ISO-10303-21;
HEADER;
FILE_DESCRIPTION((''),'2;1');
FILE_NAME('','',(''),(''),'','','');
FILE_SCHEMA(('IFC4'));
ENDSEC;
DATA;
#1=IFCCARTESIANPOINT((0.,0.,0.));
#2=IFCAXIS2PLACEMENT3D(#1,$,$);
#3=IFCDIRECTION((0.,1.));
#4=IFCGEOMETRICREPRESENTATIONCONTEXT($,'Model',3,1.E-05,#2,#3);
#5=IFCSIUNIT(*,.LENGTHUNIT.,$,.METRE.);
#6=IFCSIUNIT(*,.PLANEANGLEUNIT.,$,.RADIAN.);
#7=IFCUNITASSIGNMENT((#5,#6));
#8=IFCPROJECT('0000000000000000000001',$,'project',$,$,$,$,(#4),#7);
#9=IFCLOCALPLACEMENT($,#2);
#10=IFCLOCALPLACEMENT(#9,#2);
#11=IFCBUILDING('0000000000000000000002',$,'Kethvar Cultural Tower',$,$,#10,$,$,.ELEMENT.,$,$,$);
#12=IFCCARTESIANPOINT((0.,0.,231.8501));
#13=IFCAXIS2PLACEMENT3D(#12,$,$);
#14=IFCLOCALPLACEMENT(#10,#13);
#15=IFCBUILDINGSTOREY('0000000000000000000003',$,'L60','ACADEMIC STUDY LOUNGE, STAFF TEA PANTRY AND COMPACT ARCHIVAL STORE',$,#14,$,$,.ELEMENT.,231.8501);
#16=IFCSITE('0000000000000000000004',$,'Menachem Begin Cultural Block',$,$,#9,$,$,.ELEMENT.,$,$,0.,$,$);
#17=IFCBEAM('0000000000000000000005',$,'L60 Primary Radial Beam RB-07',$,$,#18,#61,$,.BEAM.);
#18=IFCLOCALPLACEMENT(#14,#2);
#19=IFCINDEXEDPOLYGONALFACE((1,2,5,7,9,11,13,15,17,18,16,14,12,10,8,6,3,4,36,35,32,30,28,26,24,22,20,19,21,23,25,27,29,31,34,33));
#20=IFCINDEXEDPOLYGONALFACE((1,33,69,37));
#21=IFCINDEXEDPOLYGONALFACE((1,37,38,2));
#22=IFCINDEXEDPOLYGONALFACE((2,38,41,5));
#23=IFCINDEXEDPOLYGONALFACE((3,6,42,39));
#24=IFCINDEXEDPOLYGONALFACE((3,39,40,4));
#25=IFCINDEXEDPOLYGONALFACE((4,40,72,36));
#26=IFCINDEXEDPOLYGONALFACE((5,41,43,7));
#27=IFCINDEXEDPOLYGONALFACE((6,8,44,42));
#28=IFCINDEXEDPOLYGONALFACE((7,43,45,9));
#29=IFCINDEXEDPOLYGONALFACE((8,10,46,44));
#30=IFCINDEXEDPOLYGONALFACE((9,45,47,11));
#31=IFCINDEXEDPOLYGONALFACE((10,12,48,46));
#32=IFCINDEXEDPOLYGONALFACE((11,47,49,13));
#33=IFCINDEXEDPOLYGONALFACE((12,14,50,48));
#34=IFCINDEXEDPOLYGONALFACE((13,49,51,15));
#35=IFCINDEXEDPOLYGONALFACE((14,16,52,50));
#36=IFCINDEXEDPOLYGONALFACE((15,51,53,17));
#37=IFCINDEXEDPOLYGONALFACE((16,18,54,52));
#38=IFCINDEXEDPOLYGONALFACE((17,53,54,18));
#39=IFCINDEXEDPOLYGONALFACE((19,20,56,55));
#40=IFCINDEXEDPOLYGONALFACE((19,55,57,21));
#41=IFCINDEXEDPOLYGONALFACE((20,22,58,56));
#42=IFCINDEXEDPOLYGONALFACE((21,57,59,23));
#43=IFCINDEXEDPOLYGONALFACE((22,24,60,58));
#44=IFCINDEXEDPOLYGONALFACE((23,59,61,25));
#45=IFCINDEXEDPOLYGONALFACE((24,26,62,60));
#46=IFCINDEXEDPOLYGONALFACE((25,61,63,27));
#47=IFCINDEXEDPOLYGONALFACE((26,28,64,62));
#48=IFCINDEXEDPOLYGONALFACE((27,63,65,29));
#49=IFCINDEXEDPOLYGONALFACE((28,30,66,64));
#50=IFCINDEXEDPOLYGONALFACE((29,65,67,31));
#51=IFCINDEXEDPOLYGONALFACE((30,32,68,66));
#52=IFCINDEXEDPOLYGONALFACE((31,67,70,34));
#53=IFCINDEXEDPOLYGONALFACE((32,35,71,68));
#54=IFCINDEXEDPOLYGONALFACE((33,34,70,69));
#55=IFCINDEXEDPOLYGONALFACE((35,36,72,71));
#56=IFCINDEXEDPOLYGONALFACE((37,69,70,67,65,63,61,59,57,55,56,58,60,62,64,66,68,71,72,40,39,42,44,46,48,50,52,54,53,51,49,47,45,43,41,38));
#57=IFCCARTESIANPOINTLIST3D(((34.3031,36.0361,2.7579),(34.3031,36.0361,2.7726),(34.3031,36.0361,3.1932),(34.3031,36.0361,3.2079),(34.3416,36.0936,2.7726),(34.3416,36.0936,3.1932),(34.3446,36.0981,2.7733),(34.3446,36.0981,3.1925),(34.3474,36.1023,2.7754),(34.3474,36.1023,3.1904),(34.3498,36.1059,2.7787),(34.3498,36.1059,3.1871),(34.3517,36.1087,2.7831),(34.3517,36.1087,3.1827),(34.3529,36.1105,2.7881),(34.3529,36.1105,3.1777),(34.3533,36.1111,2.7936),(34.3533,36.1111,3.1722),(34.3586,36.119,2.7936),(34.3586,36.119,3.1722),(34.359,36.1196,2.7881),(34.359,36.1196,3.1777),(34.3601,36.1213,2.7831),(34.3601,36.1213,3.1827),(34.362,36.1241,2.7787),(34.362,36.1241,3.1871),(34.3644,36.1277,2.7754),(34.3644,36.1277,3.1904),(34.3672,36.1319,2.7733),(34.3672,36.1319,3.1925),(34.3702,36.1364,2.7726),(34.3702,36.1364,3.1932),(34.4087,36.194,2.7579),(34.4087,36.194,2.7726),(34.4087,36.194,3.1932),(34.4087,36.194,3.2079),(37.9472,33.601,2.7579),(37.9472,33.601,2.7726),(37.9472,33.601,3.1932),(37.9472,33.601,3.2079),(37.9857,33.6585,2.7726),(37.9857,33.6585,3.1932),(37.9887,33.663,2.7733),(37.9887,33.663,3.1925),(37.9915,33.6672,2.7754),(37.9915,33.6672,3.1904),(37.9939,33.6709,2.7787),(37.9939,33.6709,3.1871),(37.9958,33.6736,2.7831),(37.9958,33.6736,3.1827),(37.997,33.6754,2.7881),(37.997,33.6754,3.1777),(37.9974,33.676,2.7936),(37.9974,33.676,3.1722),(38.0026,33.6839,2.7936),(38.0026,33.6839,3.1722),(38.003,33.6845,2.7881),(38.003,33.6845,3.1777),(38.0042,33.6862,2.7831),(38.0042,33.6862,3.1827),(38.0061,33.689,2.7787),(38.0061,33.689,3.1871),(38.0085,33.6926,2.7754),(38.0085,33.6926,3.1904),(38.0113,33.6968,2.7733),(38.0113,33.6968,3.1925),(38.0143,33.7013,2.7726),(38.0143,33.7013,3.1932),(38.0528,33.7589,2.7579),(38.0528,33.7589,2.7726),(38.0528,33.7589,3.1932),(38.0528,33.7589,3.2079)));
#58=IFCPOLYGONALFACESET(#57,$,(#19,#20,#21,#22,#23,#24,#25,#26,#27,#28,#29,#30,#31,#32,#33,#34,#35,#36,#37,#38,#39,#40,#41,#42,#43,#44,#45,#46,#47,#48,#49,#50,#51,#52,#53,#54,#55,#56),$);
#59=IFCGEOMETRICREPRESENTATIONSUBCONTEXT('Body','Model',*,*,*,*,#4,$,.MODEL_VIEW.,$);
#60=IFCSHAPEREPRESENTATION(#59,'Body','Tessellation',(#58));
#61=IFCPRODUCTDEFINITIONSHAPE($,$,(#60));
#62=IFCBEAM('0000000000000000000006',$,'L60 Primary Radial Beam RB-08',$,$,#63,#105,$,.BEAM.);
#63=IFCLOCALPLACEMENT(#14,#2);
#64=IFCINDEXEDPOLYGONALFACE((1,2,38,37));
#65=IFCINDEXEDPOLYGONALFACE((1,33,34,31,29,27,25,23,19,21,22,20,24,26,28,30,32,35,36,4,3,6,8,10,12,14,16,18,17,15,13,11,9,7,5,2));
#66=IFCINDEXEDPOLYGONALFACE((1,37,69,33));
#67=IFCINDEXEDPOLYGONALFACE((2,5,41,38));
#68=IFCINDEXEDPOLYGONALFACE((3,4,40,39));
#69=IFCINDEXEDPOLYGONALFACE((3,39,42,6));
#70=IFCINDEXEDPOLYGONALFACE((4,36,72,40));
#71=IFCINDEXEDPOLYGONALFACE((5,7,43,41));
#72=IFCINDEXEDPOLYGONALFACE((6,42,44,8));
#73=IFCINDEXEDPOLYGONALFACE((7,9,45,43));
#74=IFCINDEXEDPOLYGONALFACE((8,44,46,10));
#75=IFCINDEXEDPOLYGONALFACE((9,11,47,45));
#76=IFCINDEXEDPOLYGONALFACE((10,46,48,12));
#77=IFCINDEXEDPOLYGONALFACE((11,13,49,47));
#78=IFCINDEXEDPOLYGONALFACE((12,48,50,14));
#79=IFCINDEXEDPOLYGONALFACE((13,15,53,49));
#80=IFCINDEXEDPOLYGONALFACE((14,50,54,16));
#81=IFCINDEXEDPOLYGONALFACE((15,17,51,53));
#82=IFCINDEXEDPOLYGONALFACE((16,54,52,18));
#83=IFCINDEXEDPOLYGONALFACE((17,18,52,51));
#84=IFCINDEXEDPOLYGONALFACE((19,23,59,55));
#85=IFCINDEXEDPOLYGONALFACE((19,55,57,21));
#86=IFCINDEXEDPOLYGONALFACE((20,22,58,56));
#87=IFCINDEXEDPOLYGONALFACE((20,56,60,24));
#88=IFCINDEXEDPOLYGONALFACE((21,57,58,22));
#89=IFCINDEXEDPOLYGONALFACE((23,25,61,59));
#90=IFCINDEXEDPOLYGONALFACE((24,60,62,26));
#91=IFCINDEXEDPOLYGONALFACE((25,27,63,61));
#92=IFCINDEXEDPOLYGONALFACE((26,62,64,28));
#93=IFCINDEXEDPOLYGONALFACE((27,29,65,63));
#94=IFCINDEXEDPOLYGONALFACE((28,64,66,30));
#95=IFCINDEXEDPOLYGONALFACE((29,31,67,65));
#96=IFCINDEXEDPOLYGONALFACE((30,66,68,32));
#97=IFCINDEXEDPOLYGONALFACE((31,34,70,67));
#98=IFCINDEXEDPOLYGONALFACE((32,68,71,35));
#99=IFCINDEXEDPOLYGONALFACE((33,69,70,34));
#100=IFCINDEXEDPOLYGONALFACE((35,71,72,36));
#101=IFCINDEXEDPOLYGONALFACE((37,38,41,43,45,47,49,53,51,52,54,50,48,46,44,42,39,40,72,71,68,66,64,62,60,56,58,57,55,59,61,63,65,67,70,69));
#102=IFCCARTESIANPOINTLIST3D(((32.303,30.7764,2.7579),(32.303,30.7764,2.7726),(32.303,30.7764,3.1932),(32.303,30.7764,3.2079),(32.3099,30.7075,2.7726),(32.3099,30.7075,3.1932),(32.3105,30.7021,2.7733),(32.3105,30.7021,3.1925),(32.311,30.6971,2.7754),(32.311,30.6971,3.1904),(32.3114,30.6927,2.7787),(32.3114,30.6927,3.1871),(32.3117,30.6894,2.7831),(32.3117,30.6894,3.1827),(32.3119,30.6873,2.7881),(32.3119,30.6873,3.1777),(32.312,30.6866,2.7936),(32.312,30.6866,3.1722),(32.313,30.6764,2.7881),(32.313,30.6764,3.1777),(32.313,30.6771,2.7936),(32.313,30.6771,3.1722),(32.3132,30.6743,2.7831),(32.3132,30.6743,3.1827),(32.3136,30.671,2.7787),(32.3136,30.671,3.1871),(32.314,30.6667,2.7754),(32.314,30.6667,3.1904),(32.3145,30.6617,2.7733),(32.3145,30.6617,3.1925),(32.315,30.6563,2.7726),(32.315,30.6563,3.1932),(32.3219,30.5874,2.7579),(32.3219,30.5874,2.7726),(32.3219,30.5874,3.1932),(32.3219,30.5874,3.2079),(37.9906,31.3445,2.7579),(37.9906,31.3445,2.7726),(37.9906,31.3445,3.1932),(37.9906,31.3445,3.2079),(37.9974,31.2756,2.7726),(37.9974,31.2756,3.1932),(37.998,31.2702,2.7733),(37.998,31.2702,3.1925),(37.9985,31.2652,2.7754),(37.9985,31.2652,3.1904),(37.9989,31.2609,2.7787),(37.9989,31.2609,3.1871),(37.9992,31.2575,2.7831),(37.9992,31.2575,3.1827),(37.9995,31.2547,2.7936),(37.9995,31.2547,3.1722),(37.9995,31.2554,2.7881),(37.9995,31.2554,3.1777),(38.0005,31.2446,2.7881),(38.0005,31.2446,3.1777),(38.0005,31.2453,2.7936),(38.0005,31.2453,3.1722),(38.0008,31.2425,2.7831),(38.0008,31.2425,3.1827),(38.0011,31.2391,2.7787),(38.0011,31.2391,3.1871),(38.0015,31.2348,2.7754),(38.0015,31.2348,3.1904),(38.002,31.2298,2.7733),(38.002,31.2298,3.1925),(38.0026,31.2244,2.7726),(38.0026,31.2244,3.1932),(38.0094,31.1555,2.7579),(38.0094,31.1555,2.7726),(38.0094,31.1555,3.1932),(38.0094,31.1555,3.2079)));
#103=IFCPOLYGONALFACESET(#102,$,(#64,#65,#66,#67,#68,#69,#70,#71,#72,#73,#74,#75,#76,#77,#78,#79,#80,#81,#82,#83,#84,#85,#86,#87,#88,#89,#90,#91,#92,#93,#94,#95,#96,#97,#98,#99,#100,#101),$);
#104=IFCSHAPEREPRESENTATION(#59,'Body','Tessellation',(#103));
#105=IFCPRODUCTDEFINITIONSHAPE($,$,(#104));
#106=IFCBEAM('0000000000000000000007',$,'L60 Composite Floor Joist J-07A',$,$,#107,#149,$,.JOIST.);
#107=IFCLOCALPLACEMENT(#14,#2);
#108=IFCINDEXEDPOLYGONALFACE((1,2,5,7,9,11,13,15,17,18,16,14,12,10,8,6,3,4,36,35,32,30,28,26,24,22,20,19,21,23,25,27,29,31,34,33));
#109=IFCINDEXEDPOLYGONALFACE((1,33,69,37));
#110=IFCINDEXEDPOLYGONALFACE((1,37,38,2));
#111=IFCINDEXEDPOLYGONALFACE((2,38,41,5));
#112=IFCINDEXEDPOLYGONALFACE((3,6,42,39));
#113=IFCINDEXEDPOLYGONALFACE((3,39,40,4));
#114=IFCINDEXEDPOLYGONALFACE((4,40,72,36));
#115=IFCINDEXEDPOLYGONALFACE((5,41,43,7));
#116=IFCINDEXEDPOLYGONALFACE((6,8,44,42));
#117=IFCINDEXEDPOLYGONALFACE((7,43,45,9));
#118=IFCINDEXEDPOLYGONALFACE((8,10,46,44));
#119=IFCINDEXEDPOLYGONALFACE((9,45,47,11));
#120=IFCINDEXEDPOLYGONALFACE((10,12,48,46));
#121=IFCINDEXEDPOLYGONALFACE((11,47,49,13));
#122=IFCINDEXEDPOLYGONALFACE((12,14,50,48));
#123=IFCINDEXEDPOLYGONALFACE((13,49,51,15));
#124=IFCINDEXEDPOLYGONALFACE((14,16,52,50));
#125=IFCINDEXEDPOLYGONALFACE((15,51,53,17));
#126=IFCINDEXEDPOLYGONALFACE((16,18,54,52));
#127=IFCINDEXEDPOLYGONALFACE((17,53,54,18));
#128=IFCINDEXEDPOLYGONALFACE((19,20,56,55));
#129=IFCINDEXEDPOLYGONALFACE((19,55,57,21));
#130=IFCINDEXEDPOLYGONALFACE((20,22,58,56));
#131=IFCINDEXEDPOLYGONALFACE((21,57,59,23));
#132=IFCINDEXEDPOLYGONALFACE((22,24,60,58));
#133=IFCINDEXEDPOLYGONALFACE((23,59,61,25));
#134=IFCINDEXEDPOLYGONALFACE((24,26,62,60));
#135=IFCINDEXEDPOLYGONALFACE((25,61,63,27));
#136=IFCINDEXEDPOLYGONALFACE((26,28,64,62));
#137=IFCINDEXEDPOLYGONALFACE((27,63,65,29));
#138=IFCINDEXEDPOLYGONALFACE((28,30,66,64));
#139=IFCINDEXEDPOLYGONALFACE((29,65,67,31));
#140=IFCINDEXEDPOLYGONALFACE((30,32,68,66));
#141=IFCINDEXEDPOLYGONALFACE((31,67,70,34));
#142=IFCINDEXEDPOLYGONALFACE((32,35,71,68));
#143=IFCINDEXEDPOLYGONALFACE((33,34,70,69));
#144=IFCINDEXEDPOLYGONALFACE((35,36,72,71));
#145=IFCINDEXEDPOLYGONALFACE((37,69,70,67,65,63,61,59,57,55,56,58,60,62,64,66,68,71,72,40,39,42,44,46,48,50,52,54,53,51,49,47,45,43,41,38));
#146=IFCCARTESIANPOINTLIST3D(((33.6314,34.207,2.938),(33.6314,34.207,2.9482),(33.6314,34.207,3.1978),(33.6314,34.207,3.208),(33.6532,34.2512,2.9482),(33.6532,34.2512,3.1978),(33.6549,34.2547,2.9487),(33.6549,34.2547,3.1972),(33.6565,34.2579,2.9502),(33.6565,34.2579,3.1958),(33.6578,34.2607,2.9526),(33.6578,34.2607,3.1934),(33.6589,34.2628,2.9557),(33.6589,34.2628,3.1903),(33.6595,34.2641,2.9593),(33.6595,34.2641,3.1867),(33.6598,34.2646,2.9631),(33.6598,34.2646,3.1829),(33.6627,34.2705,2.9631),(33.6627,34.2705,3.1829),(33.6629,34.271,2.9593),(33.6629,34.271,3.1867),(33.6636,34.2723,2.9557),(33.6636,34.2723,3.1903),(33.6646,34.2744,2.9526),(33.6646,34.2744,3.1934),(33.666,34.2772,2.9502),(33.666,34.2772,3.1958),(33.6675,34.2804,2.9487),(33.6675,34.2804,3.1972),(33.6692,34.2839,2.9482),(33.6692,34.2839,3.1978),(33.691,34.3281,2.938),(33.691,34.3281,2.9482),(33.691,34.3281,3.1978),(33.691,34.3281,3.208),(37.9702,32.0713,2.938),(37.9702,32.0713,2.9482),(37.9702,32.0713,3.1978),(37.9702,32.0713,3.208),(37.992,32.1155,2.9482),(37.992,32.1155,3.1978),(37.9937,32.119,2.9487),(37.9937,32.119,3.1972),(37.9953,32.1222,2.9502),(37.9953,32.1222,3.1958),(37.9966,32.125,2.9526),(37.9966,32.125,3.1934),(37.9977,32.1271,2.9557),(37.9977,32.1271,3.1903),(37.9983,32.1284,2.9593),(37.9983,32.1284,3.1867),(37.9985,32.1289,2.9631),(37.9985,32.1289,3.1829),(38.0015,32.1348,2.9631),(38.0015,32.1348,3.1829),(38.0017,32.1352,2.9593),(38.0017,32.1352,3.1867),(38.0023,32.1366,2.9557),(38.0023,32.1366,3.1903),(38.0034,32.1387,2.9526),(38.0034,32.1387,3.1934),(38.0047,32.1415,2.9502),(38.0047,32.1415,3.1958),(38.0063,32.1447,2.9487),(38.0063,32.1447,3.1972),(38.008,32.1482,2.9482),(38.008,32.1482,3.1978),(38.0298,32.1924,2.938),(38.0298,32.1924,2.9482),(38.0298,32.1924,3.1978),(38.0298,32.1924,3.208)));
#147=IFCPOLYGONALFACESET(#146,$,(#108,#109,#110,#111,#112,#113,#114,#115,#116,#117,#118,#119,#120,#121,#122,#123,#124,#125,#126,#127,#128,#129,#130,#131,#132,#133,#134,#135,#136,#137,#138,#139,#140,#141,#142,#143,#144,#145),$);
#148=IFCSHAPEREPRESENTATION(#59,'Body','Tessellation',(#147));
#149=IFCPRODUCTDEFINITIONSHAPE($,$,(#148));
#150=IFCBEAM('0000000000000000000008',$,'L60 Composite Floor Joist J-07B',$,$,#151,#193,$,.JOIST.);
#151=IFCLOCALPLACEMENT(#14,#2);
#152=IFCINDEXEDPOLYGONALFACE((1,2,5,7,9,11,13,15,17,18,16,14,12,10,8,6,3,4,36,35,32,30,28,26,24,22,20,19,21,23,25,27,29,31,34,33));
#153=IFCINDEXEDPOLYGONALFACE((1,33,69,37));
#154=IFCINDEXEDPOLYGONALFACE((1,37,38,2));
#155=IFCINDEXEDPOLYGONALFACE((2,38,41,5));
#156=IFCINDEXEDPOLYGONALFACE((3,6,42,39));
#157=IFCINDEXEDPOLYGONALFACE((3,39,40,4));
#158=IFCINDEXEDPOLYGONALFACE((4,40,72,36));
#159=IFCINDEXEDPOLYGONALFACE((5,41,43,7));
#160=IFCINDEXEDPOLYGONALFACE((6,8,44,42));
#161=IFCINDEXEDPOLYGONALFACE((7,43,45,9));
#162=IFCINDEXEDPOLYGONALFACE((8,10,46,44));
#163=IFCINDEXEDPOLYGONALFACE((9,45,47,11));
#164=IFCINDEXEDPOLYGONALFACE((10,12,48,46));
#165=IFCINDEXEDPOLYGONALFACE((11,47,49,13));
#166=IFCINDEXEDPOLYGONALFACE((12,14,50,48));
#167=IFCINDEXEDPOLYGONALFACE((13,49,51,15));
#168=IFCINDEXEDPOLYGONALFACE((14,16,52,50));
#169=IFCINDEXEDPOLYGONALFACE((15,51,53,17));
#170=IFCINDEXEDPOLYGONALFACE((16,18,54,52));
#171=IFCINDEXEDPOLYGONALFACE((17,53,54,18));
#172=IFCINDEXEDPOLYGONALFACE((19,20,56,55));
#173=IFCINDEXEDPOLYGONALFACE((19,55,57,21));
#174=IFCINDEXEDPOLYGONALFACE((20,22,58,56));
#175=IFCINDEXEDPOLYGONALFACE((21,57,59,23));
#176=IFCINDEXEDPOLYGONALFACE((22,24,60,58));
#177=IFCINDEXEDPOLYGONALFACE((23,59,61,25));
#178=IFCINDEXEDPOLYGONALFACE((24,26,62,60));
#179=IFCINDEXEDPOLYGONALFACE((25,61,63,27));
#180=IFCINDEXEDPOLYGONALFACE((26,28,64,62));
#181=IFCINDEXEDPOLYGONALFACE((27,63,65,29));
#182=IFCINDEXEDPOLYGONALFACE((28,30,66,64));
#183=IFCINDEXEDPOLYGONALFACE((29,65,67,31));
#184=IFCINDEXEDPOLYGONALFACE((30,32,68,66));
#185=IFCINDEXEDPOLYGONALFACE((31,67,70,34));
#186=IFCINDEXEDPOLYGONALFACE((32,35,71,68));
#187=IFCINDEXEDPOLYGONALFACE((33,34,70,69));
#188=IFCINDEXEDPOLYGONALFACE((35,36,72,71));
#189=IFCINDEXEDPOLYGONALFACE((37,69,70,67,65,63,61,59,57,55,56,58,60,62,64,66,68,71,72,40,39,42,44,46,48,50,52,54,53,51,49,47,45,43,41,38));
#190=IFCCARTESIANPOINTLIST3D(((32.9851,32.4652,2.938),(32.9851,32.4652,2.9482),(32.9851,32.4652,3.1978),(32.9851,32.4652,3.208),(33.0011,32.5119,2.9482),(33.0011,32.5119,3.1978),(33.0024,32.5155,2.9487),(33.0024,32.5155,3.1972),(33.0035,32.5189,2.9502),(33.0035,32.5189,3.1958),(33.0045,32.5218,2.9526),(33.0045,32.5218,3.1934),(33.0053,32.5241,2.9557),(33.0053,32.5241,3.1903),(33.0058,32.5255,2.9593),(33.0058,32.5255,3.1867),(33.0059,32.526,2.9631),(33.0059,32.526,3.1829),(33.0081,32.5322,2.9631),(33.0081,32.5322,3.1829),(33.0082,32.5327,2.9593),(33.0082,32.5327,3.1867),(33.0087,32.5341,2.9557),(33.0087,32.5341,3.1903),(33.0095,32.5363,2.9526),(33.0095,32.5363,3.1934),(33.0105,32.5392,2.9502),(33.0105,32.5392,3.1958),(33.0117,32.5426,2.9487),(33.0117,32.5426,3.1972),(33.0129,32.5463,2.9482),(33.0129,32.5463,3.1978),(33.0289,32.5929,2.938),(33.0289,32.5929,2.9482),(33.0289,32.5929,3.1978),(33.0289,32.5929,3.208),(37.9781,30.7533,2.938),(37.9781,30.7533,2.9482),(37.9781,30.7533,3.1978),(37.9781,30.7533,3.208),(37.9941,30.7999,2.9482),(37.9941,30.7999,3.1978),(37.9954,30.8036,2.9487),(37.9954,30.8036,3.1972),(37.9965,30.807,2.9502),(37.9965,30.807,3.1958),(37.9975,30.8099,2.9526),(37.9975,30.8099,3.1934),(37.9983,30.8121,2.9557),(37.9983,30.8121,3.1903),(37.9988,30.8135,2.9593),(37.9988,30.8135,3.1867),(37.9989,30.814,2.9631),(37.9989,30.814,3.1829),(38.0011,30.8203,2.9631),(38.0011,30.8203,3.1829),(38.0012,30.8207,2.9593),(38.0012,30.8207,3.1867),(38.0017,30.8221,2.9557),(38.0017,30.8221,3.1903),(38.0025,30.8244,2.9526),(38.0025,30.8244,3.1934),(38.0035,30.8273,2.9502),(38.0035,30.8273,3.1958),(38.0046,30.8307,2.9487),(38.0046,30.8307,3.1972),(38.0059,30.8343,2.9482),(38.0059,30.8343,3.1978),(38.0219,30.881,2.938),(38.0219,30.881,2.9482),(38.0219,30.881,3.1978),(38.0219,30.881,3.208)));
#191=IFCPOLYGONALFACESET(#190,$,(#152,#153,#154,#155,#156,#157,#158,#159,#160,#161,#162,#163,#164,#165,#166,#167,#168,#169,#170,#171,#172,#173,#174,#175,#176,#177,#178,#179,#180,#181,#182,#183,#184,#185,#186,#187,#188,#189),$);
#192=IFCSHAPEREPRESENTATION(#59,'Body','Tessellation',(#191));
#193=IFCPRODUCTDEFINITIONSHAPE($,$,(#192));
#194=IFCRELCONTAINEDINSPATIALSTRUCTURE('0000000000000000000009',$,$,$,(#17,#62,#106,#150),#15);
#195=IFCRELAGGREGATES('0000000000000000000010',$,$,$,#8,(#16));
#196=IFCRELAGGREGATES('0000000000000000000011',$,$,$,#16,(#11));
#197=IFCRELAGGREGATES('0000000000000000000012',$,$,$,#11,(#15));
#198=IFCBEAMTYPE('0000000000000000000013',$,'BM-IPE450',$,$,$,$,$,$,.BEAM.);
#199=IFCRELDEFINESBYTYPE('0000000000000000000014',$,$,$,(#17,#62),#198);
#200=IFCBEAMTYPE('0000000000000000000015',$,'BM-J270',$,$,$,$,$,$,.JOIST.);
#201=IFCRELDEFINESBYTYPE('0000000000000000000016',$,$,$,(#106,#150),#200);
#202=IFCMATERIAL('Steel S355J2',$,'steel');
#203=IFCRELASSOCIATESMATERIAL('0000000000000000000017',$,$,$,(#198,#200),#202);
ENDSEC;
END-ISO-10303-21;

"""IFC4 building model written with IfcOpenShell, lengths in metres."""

from ifc_helpers import new_model, si_unit, direction, frame, origin, origin_2d, place, context, subcontext, project, spatial, i_section, extrude, source, transform, mapped, material, material_profile, profile_set, type_object, element, save


model = new_model("IFC4")

# Units and contexts
model_context = context("Model", 3, precision=1e-05, world=origin(), true_north=direction((0.0, 1.0)))
body_context = subcontext(model_context, "Body", "Model", "MODEL_VIEW")
ifc_project = project(units=[si_unit("LENGTHUNIT", "METRE"), si_unit("PLANEANGLEUNIT", "RADIAN")], contexts=[model_context])

# Site, building, storey
site_placement = place(None, origin())
site = spatial("IfcSite", under=ifc_project, at=site_placement, Name="Menachem Begin Cultural Block", CompositionType="ELEMENT", RefElevation=0.0)
building_placement = place(site_placement, origin())
building = spatial("IfcBuilding", under=site, at=building_placement, Name="Kethvar Cultural Tower", CompositionType="ELEMENT")
storey_placement = place(building_placement, frame((0.0, 0.0, 231.8501)))
storey = spatial("IfcBuildingStorey", under=building, at=storey_placement, Name="L60", Description="ACADEMIC STUDY LOUNGE, STAFF TEA PANTRY AND COMPACT ARCHIVAL STORE", CompositionType="ELEMENT", Elevation=231.8501)

# Beams
ifc_material_1 = material(Name="Steel S355J2", Category="steel")
ifc_material_profile_1 = material_profile(ifc_material_1, i_section(OverallWidth=0.1899, OverallDepth=0.45, WebThickness=0.0095, FlangeThickness=0.0146, FilletRadius=0.021, at=origin_2d()), Name="Steel S355J2 — IPE450")
ifc_profile_set_1 = profile_set([ifc_material_profile_1], Name="Steel S355J2 — IPE450")
beam_type_1 = type_object("IfcBeamType", Name="BM-IPE450", PredefinedType="BEAM", material=ifc_profile_set_1)
shared_shape_1 = source(origin(), body_context, "Body", "SweptSolid", [
    extrude(i_section(OverallWidth=0.1899, OverallDepth=0.45, WebThickness=0.0095, FlangeThickness=0.0146, FilletRadius=0.021, at=origin_2d()), origin(), (0.0, 0.0, 1.0), 4.3828),
])
beam_1_placement = place(storey_placement, frame((38.0, 33.6799, 2.9829), z_axis=(-0.83145, 0.5556, 0.0), x_axis=(-0.5556, -0.83145, 0.0)))
element("IfcBeam", 1, at=beam_1_placement, inside=storey, type_object=beam_type_1, Name="L60 Primary Radial Beam RB-07", PredefinedType="BEAM", context=body_context, shape_type="MappedRepresentation", body=[
    mapped(shared_shape_1, transform((0.0, 0.0, 0.0), scale=1.0)),
])
shared_shape_2 = source(origin(), body_context, "Body", "SweptSolid", [
    extrude(i_section(OverallWidth=0.1899, OverallDepth=0.45, WebThickness=0.0095, FlangeThickness=0.0146, FilletRadius=0.021, at=origin_2d()), origin(), (0.0, 0.0, 1.0), 5.7158),
])
beam_2_placement = place(storey_placement, frame((38.0, 31.25, 2.9829), z_axis=(-0.995048, -0.099394, 0.0), x_axis=(0.099394, -0.995048, 0.0)))
element("IfcBeam", 2, at=beam_2_placement, inside=storey, type_object=beam_type_1, Name="L60 Primary Radial Beam RB-08", PredefinedType="BEAM", context=body_context, shape_type="MappedRepresentation", body=[
    mapped(shared_shape_2, transform((0.0, 0.0, 0.0), scale=1.0)),
])
ifc_material_profile_2 = material_profile(ifc_material_1, i_section(OverallWidth=0.135, OverallDepth=0.27, WebThickness=0.0066, FlangeThickness=0.0103, FilletRadius=0.0149, at=origin_2d()), Name="Steel S355J2 — IPE270")
ifc_profile_set_2 = profile_set([ifc_material_profile_2], Name="Steel S355J2 — IPE270")
beam_type_2 = type_object("IfcBeamType", Name="BM-J270", PredefinedType="JOIST", material=ifc_profile_set_2)
shared_shape_3 = source(origin(), body_context, "Body", "SweptSolid", [
    extrude(i_section(OverallWidth=0.135, OverallDepth=0.27, WebThickness=0.0066, FlangeThickness=0.0103, FilletRadius=0.0149, at=origin_2d()), origin(), (0.0, 0.0, 1.0), 4.8359),
])
beam_3_placement = place(storey_placement, frame((38.0, 32.1318, 3.073), z_axis=(-0.897197, 0.441632, 0.0), x_axis=(-0.441632, -0.897197, 0.0)))
element("IfcBeam", 3, at=beam_3_placement, inside=storey, type_object=beam_type_2, Name="L60 Composite Floor Joist J-07A", PredefinedType="JOIST", context=body_context, shape_type="MappedRepresentation", body=[
    mapped(shared_shape_3, transform((0.0, 0.0, 0.0), scale=1.0)),
])
shared_shape_4 = source(origin(), body_context, "Body", "SweptSolid", [
    extrude(i_section(OverallWidth=0.135, OverallDepth=0.27, WebThickness=0.0066, FlangeThickness=0.0103, FilletRadius=0.0149, at=origin_2d()), origin(), (0.0, 0.0, 1.0), 5.2783),
])
beam_4_placement = place(storey_placement, frame((38.0, 30.8171, 3.073), z_axis=(-0.945943, 0.324334, 0.0), x_axis=(-0.324334, -0.945943, 0.0)))
element("IfcBeam", 4, at=beam_4_placement, inside=storey, type_object=beam_type_2, Name="L60 Composite Floor Joist J-07B", PredefinedType="JOIST", context=body_context, shape_type="MappedRepresentation", body=[
    mapped(shared_shape_4, transform((0.0, 0.0, 0.0), scale=1.0)),
])

save(model, "model.ifc")
